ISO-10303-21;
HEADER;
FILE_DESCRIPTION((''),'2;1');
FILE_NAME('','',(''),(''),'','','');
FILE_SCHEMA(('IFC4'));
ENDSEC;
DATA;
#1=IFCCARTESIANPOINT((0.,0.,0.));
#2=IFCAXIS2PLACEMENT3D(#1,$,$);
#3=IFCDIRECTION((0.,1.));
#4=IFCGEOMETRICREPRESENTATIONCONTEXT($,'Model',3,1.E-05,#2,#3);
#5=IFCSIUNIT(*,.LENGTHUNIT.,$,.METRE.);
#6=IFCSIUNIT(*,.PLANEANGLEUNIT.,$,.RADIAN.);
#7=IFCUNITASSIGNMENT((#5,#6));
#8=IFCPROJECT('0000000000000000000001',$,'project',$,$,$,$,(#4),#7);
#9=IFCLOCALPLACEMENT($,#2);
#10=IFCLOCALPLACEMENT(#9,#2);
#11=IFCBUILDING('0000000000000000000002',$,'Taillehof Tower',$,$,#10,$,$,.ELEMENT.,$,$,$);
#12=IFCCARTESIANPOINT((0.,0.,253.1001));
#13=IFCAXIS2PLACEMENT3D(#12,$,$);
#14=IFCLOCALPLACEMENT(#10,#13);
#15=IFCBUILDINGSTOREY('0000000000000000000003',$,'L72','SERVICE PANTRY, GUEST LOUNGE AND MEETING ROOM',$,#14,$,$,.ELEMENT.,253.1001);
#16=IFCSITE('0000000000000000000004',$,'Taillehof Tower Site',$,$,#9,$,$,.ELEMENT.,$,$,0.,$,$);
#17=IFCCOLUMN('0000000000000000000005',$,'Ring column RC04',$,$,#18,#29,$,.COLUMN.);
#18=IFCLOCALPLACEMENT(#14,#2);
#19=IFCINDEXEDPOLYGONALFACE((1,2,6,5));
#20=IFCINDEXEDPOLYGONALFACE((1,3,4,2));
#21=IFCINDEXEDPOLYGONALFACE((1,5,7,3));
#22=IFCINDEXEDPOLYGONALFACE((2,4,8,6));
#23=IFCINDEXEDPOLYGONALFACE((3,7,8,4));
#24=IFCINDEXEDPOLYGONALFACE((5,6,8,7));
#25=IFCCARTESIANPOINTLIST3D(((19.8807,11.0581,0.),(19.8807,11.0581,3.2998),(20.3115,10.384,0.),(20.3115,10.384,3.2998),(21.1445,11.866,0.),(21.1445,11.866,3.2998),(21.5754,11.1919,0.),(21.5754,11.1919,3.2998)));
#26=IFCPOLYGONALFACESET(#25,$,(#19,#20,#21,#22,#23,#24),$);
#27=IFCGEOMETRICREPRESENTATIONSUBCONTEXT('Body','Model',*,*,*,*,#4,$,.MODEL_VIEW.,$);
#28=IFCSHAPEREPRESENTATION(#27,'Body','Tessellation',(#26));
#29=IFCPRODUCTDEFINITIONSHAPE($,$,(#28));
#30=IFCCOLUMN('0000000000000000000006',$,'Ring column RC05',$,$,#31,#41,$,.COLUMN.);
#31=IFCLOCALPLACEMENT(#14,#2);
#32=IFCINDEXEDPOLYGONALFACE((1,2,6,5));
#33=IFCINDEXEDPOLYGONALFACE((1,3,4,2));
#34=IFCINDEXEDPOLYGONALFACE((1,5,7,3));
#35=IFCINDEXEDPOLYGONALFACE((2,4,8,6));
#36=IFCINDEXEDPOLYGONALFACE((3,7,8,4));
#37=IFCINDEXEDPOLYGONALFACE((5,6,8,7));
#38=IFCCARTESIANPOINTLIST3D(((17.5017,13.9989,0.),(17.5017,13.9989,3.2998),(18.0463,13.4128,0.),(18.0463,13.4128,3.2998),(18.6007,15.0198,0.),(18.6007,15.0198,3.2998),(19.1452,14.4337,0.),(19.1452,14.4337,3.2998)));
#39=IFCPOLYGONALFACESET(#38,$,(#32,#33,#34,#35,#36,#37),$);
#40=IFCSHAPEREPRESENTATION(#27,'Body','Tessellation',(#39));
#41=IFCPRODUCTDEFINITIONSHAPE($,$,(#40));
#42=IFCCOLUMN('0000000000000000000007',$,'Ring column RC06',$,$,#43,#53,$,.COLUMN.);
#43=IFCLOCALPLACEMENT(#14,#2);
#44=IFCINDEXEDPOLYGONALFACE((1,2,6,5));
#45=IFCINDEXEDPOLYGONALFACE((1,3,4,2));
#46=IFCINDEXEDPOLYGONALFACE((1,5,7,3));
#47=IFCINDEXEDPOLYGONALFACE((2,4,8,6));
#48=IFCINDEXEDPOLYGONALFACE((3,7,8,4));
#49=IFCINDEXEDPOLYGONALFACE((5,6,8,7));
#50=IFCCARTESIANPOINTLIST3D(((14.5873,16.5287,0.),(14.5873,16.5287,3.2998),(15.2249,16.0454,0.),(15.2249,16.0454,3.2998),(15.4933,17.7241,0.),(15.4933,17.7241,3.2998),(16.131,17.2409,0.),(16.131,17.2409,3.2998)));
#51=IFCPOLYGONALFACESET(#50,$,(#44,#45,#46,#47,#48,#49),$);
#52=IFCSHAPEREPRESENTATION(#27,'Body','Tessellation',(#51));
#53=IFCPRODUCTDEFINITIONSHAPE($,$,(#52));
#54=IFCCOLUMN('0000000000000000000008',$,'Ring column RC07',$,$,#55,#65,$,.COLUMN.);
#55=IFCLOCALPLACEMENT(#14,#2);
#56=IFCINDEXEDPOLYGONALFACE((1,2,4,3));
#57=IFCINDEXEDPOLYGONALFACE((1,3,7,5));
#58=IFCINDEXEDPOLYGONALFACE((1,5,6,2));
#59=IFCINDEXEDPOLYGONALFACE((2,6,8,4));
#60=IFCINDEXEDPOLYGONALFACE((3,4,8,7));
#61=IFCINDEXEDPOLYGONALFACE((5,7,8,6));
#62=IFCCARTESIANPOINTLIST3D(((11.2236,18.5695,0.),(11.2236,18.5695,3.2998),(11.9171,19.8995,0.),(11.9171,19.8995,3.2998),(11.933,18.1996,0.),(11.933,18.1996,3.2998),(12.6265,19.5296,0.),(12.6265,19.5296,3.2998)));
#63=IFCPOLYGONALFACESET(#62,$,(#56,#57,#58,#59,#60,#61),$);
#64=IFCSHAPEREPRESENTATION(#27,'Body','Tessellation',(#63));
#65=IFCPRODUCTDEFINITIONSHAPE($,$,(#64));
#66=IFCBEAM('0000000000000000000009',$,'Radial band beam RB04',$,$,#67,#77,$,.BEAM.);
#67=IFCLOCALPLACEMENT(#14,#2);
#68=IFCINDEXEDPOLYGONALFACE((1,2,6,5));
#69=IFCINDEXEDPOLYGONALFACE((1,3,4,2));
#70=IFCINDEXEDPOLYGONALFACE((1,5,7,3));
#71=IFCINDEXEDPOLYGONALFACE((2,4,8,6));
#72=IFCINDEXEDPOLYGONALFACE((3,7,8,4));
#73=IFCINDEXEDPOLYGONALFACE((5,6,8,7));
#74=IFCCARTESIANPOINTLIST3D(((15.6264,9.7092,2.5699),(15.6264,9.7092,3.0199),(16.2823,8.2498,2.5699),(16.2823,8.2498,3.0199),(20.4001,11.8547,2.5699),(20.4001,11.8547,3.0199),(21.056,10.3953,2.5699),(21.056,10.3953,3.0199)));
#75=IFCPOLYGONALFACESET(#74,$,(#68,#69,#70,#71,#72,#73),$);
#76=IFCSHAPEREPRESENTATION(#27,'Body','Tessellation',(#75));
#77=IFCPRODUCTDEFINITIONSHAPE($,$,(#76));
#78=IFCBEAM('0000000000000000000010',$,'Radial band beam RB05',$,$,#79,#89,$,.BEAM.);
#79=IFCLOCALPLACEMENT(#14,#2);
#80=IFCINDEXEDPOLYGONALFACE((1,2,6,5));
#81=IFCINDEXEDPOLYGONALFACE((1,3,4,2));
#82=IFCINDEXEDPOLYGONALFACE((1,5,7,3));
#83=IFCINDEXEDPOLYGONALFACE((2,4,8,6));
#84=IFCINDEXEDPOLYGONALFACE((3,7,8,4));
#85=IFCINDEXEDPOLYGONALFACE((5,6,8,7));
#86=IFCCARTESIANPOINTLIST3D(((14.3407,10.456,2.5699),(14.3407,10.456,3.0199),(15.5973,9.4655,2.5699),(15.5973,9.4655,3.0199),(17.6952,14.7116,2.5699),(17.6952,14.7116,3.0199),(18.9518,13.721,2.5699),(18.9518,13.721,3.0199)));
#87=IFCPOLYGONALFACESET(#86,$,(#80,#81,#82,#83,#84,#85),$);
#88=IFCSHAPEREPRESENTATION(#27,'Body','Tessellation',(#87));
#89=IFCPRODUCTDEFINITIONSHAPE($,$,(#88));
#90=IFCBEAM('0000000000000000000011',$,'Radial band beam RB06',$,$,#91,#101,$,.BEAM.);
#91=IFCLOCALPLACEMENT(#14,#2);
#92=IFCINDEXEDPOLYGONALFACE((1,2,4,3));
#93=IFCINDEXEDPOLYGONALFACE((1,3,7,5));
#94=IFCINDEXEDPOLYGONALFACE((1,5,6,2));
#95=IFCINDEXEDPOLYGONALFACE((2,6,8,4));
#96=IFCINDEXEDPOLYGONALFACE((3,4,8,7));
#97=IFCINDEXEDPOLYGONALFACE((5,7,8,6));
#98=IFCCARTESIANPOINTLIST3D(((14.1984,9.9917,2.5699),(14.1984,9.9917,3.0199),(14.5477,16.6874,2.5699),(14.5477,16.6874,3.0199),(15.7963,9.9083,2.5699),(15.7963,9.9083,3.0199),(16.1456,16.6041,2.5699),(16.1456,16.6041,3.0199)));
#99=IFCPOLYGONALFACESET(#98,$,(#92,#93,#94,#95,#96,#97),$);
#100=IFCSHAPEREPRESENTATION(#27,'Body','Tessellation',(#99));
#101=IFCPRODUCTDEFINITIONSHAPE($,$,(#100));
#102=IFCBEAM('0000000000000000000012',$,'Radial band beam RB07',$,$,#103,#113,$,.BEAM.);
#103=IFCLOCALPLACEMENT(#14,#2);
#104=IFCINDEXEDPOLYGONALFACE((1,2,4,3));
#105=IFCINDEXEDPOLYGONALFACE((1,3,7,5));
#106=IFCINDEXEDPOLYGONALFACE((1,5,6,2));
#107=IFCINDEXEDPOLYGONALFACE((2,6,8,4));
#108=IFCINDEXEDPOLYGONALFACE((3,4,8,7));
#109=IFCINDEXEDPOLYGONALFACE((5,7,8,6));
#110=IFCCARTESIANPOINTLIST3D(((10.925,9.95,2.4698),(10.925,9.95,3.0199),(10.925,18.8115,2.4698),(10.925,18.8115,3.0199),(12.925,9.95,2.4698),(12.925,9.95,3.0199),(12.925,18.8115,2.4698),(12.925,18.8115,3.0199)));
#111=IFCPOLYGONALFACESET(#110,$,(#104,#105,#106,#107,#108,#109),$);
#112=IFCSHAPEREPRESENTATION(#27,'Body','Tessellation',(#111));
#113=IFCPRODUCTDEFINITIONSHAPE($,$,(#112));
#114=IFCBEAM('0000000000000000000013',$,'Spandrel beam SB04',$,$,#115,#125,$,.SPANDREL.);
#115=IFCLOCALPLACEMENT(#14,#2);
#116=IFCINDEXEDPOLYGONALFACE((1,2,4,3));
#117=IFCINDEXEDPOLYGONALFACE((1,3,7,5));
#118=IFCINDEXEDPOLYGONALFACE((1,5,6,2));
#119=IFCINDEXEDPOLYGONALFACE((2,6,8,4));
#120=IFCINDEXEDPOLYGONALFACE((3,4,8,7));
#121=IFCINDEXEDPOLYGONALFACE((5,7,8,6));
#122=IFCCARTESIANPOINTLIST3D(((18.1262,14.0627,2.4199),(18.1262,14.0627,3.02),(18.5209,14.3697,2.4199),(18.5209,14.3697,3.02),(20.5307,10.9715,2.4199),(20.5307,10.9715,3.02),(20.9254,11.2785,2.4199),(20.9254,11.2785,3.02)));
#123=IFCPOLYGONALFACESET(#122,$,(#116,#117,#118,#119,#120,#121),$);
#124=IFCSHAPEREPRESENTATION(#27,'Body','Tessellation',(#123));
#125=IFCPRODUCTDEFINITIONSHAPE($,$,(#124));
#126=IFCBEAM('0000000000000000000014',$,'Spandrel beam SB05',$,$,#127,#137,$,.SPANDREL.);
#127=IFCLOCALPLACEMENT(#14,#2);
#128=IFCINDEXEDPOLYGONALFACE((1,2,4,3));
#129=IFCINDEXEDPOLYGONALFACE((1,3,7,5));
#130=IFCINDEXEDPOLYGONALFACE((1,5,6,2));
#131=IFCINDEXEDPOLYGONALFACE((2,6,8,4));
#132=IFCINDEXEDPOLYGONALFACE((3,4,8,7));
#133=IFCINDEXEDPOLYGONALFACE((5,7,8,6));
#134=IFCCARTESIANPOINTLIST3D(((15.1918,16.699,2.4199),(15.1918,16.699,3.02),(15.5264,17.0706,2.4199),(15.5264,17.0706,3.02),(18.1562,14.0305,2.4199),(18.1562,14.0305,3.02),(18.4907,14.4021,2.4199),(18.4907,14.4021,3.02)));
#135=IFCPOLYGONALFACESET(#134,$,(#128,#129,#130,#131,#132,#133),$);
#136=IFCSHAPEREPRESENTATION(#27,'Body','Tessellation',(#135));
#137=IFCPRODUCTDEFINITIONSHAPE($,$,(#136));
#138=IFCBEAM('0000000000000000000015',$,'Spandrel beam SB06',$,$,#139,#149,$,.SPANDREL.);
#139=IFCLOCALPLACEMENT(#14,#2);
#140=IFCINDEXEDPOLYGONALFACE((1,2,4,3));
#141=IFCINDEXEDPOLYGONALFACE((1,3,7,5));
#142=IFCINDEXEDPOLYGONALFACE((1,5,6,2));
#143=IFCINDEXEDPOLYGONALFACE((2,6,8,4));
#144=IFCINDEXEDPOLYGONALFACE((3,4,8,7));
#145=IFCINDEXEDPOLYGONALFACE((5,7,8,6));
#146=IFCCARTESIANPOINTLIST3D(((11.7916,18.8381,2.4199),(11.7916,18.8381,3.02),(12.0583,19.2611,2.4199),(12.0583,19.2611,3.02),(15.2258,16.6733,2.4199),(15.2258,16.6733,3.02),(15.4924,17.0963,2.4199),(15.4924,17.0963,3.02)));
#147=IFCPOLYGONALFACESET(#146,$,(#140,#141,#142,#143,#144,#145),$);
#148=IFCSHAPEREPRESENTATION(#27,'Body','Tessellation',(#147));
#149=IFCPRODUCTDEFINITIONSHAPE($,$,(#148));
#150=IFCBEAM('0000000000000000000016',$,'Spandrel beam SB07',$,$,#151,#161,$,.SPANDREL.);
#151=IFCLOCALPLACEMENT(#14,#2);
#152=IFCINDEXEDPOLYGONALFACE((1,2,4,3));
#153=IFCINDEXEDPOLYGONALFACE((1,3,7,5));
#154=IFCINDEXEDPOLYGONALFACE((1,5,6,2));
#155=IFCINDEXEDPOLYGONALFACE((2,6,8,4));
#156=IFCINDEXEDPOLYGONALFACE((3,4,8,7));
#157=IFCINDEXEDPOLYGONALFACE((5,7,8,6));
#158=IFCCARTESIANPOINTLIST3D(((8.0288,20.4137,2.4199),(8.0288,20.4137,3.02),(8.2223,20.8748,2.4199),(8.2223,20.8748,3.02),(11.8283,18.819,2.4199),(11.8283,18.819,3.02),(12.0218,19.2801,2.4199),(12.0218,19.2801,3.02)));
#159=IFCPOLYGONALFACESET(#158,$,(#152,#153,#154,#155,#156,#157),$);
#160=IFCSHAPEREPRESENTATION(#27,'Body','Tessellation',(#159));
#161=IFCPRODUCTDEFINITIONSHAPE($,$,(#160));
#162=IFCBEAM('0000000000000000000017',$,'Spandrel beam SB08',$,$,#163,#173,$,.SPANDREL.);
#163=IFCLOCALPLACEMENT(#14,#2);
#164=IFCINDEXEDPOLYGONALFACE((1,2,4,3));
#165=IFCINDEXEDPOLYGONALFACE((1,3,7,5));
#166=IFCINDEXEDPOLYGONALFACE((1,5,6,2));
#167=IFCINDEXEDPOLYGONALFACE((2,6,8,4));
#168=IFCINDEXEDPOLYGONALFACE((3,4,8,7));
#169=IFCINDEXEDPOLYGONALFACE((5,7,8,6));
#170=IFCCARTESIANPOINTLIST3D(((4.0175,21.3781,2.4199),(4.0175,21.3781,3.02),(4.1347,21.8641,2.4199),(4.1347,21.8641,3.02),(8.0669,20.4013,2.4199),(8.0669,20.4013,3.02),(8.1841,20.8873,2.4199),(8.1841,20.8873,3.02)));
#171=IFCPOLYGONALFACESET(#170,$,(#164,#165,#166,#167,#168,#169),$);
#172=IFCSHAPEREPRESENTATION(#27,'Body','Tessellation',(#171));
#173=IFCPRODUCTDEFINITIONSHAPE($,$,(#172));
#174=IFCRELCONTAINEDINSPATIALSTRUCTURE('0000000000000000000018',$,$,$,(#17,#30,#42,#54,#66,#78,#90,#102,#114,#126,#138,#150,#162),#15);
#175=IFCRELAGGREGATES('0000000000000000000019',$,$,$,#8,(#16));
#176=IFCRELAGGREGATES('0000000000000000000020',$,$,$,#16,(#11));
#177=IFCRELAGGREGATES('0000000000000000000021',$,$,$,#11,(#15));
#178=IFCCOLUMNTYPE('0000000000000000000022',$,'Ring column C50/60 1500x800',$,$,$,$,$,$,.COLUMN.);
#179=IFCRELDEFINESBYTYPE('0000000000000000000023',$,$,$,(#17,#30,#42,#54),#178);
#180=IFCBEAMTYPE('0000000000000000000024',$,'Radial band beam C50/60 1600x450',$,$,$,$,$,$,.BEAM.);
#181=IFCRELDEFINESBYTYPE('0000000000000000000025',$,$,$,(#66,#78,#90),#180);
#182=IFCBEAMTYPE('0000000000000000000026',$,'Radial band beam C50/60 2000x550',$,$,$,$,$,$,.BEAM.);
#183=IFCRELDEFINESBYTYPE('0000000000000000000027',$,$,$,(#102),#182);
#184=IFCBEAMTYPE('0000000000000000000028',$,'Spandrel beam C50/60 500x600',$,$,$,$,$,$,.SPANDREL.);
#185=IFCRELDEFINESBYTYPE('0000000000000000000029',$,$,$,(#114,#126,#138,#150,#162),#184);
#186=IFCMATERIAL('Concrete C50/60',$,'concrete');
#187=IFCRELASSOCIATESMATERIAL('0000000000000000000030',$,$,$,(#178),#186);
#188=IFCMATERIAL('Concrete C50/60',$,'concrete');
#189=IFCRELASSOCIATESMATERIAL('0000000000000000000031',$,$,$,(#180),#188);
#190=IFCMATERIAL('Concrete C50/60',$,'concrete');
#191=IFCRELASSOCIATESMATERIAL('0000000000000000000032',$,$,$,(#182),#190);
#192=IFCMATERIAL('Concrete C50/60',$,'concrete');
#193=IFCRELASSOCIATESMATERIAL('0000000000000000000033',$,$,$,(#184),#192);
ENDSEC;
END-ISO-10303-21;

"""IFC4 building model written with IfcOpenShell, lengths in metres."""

from ifc_helpers import new_model, si_unit, direction, frame, origin, origin_2d, place, context, subcontext, project, spatial, rectangle, extrude, material, material_profile, profile_set, type_object, element, save


model = new_model("IFC4")

# Units and contexts
model_context = context("Model", 3, precision=1e-05, world=origin(), true_north=direction((0.0, 1.0)))
body_context = subcontext(model_context, "Body", "Model", "MODEL_VIEW")
ifc_project = project(units=[si_unit("LENGTHUNIT", "METRE"), si_unit("PLANEANGLEUNIT", "RADIAN")], contexts=[model_context])

# Site, building, storey
site_placement = place(None, origin())
site = spatial("IfcSite", under=ifc_project, at=site_placement, Name="Taillehof Tower Site", CompositionType="ELEMENT", RefElevation=0.0)
building_placement = place(site_placement, origin())
building = spatial("IfcBuilding", under=site, at=building_placement, Name="Taillehof Tower", CompositionType="ELEMENT")
storey_placement = place(building_placement, frame((0.0, 0.0, 253.1001)))
storey = spatial("IfcBuildingStorey", under=building, at=storey_placement, Name="L72", Description="SERVICE PANTRY, GUEST LOUNGE AND MEETING ROOM", CompositionType="ELEMENT", Elevation=253.1001)

# Columns
ifc_material_1 = material(Name="Concrete C50/60", Category="concrete")
ifc_material_profile_1 = material_profile(ifc_material_1, rectangle(XDim=1.5, YDim=0.8, at=origin_2d()), Name="RC 1500x800")
ifc_profile_set_1 = profile_set([ifc_material_profile_1], Name="Concrete C50/60")
column_type = type_object("IfcColumnType", Name="Ring column C50/60 1500x800", PredefinedType="COLUMN", material=ifc_profile_set_1)
for number, where, z_axis, x_axis, name in (
    (1, (20.728, 11.125, 0.0), (0.0, 0.0, 1.0), (0.842574, 0.538581, 0.0), "Ring column RC04"),
    (2, (18.3235, 14.2163, 0.0), (0.0, 0.0, 1.0), (0.732636, 0.680621, 0.0), "Ring column RC05"),
    (3, (15.3591, 16.8848, 0.0), (0.0, 0.0, 1.0), (0.60402, 0.796969, 0.0), "Ring column RC06"),
    (4, (11.925, 19.0496, 0.0), (0.0, 0.0, 1.0), (0.462384, 0.88668, 0.0), "Ring column RC07"),
):
    element("IfcColumn", number, at=place(storey_placement, frame(where, z_axis=z_axis, x_axis=x_axis)), inside=storey, type_object=column_type, Name=name, PredefinedType="COLUMN", context=body_context, shape_type="SweptSolid", body=[
        extrude(rectangle(XDim=1.5, YDim=0.8, at=origin_2d()), origin(), (0.0, 0.0, 1.0), 3.2998),
    ])

# Beams
ifc_material_2 = material(Name="Concrete C50/60", Category="concrete")
ifc_material_profile_2 = material_profile(ifc_material_2, rectangle(XDim=1.6001, YDim=0.45, at=origin_2d()), Name="RC 1600x450")
ifc_profile_set_2 = profile_set([ifc_material_profile_2], Name="Concrete C50/60")
beam_type_1 = type_object("IfcBeamType", Name="Radial band beam C50/60 1600x450", PredefinedType="BEAM", material=ifc_profile_set_2)
beam_1_placement = place(storey_placement, frame((20.728, 11.125, 2.7949), z_axis=(-0.912111, -0.409944, 0.0), x_axis=(0.409944, -0.912111, 0.0)))
element("IfcBeam", 5, at=beam_1_placement, inside=storey, type_object=beam_type_1, Name="Radial band beam RB04", PredefinedType="BEAM", context=body_context, shape_type="SweptSolid", body=[
    extrude(rectangle(XDim=1.6001, YDim=0.45, at=origin_2d()), origin(), (0.0, 0.0, 1.0), 5.2336),
])
beam_2_placement = place(storey_placement, frame((18.3235, 14.2163, 2.7949), z_axis=(-0.619052, -0.78535, 0.0), x_axis=(0.78535, -0.619052, 0.0)))
element("IfcBeam", 6, at=beam_2_placement, inside=storey, type_object=beam_type_1, Name="Radial band beam RB05", PredefinedType="BEAM", context=body_context, shape_type="SweptSolid", body=[
    extrude(rectangle(XDim=1.6001, YDim=0.45, at=origin_2d()), origin(), (0.0, 0.0, 1.0), 5.4187),
])
beam_3_placement = place(storey_placement, frame((15.3467, 16.6458, 2.7949), z_axis=(-0.052106, -0.998642, 0.0), x_axis=(0.998642, -0.052106, 0.0)))
element("IfcBeam", 7, at=beam_3_placement, inside=storey, type_object=beam_type_1, Name="Radial band beam RB06", PredefinedType="BEAM", context=body_context, shape_type="SweptSolid", body=[
    extrude(rectangle(XDim=1.6001, YDim=0.45, at=origin_2d()), origin(), (0.0, 0.0, 1.0), 6.7048),
])
ifc_material_3 = material(Name="Concrete C50/60", Category="concrete")
ifc_material_profile_3 = material_profile(ifc_material_3, rectangle(XDim=2.0, YDim=0.55, at=origin_2d()), Name="RC 2000x550")
ifc_profile_set_3 = profile_set([ifc_material_profile_3], Name="Concrete C50/60")
beam_type_2 = type_object("IfcBeamType", Name="Radial band beam C50/60 2000x550", PredefinedType="BEAM", material=ifc_profile_set_3)
beam_4_placement = place(storey_placement, frame((11.925, 18.8115, 2.7449), z_axis=(0.0, -1.0, 0.0), x_axis=(1.0, 0.0, 0.0)))
element("IfcBeam", 8, at=beam_4_placement, inside=storey, type_object=beam_type_2, Name="Radial band beam RB07", PredefinedType="BEAM", context=body_context, shape_type="SweptSolid", body=[
    extrude(rectangle(XDim=2.0, YDim=0.55, at=origin_2d()), origin(), (0.0, 0.0, 1.0), 8.8616),
])
ifc_material_4 = material(Name="Concrete C50/60", Category="concrete")
ifc_material_profile_4 = material_profile(ifc_material_4, rectangle(XDim=0.5, YDim=0.6001, at=origin_2d()), Name="RC 500x600")
ifc_profile_set_4 = profile_set([ifc_material_profile_4], Name="Concrete C50/60")
beam_type_3 = type_object("IfcBeamType", Name="Spandrel beam C50/60 500x600", PredefinedType="SPANDREL", material=ifc_profile_set_4)
beam_5_placement = place(storey_placement, frame((20.728, 11.125, 2.72), z_axis=(-0.613971, 0.789329, 0.0), x_axis=(-0.789329, -0.613971, 0.0)))
element("IfcBeam", 9, at=beam_5_placement, inside=storey, type_object=beam_type_3, Name="Spandrel beam SB04", PredefinedType="SPANDREL", context=body_context, shape_type="SweptSolid", body=[
    extrude(rectangle(XDim=0.5, YDim=0.6001, at=origin_2d()), origin(), (0.0, 0.0, 1.0), 3.9163),
])
beam_6_placement = place(storey_placement, frame((18.3235, 14.2163, 2.72), z_axis=(-0.743227, 0.669039, 0.0), x_axis=(-0.669039, -0.743227, 0.0)))
element("IfcBeam", 10, at=beam_6_placement, inside=storey, type_object=beam_type_3, Name="Spandrel beam SB05", PredefinedType="SPANDREL", context=body_context, shape_type="SweptSolid", body=[
    extrude(rectangle(XDim=0.5, YDim=0.6001, at=origin_2d()), origin(), (0.0, 0.0, 1.0), 3.9885),
])
beam_7_placement = place(storey_placement, frame((15.3591, 16.8848, 2.72), z_axis=(-0.845944, 0.533271, 0.0), x_axis=(-0.533271, -0.845944, 0.0)))
element("IfcBeam", 11, at=beam_7_placement, inside=storey, type_object=beam_type_3, Name="Spandrel beam SB06", PredefinedType="SPANDREL", context=body_context, shape_type="SweptSolid", body=[
    extrude(rectangle(XDim=0.5, YDim=0.6001, at=origin_2d()), origin(), (0.0, 0.0, 1.0), 4.0596),
])
beam_8_placement = place(storey_placement, frame((11.925, 19.0496, 2.72), z_axis=(-0.922076, 0.387008, 0.0), x_axis=(-0.387008, -0.922076, 0.0)))
element("IfcBeam", 12, at=beam_8_placement, inside=storey, type_object=beam_type_3, Name="Spandrel beam SB07", PredefinedType="SPANDREL", context=body_context, shape_type="SweptSolid", body=[
    extrude(rectangle(XDim=0.5, YDim=0.6001, at=origin_2d()), origin(), (0.0, 0.0, 1.0), 4.1206),
])
beam_9_placement = place(storey_placement, frame((8.1255, 20.6443, 2.72), z_axis=(-0.972116, 0.234501, 0.0), x_axis=(-0.234501, -0.972116, 0.0)))
element("IfcBeam", 13, at=beam_9_placement, inside=storey, type_object=beam_type_3, Name="Spandrel beam SB08", PredefinedType="SPANDREL", context=body_context, shape_type="SweptSolid", body=[
    extrude(rectangle(XDim=0.5, YDim=0.6001, at=origin_2d()), origin(), (0.0, 0.0, 1.0), 4.1655),
])

save(model, "model.ifc")
